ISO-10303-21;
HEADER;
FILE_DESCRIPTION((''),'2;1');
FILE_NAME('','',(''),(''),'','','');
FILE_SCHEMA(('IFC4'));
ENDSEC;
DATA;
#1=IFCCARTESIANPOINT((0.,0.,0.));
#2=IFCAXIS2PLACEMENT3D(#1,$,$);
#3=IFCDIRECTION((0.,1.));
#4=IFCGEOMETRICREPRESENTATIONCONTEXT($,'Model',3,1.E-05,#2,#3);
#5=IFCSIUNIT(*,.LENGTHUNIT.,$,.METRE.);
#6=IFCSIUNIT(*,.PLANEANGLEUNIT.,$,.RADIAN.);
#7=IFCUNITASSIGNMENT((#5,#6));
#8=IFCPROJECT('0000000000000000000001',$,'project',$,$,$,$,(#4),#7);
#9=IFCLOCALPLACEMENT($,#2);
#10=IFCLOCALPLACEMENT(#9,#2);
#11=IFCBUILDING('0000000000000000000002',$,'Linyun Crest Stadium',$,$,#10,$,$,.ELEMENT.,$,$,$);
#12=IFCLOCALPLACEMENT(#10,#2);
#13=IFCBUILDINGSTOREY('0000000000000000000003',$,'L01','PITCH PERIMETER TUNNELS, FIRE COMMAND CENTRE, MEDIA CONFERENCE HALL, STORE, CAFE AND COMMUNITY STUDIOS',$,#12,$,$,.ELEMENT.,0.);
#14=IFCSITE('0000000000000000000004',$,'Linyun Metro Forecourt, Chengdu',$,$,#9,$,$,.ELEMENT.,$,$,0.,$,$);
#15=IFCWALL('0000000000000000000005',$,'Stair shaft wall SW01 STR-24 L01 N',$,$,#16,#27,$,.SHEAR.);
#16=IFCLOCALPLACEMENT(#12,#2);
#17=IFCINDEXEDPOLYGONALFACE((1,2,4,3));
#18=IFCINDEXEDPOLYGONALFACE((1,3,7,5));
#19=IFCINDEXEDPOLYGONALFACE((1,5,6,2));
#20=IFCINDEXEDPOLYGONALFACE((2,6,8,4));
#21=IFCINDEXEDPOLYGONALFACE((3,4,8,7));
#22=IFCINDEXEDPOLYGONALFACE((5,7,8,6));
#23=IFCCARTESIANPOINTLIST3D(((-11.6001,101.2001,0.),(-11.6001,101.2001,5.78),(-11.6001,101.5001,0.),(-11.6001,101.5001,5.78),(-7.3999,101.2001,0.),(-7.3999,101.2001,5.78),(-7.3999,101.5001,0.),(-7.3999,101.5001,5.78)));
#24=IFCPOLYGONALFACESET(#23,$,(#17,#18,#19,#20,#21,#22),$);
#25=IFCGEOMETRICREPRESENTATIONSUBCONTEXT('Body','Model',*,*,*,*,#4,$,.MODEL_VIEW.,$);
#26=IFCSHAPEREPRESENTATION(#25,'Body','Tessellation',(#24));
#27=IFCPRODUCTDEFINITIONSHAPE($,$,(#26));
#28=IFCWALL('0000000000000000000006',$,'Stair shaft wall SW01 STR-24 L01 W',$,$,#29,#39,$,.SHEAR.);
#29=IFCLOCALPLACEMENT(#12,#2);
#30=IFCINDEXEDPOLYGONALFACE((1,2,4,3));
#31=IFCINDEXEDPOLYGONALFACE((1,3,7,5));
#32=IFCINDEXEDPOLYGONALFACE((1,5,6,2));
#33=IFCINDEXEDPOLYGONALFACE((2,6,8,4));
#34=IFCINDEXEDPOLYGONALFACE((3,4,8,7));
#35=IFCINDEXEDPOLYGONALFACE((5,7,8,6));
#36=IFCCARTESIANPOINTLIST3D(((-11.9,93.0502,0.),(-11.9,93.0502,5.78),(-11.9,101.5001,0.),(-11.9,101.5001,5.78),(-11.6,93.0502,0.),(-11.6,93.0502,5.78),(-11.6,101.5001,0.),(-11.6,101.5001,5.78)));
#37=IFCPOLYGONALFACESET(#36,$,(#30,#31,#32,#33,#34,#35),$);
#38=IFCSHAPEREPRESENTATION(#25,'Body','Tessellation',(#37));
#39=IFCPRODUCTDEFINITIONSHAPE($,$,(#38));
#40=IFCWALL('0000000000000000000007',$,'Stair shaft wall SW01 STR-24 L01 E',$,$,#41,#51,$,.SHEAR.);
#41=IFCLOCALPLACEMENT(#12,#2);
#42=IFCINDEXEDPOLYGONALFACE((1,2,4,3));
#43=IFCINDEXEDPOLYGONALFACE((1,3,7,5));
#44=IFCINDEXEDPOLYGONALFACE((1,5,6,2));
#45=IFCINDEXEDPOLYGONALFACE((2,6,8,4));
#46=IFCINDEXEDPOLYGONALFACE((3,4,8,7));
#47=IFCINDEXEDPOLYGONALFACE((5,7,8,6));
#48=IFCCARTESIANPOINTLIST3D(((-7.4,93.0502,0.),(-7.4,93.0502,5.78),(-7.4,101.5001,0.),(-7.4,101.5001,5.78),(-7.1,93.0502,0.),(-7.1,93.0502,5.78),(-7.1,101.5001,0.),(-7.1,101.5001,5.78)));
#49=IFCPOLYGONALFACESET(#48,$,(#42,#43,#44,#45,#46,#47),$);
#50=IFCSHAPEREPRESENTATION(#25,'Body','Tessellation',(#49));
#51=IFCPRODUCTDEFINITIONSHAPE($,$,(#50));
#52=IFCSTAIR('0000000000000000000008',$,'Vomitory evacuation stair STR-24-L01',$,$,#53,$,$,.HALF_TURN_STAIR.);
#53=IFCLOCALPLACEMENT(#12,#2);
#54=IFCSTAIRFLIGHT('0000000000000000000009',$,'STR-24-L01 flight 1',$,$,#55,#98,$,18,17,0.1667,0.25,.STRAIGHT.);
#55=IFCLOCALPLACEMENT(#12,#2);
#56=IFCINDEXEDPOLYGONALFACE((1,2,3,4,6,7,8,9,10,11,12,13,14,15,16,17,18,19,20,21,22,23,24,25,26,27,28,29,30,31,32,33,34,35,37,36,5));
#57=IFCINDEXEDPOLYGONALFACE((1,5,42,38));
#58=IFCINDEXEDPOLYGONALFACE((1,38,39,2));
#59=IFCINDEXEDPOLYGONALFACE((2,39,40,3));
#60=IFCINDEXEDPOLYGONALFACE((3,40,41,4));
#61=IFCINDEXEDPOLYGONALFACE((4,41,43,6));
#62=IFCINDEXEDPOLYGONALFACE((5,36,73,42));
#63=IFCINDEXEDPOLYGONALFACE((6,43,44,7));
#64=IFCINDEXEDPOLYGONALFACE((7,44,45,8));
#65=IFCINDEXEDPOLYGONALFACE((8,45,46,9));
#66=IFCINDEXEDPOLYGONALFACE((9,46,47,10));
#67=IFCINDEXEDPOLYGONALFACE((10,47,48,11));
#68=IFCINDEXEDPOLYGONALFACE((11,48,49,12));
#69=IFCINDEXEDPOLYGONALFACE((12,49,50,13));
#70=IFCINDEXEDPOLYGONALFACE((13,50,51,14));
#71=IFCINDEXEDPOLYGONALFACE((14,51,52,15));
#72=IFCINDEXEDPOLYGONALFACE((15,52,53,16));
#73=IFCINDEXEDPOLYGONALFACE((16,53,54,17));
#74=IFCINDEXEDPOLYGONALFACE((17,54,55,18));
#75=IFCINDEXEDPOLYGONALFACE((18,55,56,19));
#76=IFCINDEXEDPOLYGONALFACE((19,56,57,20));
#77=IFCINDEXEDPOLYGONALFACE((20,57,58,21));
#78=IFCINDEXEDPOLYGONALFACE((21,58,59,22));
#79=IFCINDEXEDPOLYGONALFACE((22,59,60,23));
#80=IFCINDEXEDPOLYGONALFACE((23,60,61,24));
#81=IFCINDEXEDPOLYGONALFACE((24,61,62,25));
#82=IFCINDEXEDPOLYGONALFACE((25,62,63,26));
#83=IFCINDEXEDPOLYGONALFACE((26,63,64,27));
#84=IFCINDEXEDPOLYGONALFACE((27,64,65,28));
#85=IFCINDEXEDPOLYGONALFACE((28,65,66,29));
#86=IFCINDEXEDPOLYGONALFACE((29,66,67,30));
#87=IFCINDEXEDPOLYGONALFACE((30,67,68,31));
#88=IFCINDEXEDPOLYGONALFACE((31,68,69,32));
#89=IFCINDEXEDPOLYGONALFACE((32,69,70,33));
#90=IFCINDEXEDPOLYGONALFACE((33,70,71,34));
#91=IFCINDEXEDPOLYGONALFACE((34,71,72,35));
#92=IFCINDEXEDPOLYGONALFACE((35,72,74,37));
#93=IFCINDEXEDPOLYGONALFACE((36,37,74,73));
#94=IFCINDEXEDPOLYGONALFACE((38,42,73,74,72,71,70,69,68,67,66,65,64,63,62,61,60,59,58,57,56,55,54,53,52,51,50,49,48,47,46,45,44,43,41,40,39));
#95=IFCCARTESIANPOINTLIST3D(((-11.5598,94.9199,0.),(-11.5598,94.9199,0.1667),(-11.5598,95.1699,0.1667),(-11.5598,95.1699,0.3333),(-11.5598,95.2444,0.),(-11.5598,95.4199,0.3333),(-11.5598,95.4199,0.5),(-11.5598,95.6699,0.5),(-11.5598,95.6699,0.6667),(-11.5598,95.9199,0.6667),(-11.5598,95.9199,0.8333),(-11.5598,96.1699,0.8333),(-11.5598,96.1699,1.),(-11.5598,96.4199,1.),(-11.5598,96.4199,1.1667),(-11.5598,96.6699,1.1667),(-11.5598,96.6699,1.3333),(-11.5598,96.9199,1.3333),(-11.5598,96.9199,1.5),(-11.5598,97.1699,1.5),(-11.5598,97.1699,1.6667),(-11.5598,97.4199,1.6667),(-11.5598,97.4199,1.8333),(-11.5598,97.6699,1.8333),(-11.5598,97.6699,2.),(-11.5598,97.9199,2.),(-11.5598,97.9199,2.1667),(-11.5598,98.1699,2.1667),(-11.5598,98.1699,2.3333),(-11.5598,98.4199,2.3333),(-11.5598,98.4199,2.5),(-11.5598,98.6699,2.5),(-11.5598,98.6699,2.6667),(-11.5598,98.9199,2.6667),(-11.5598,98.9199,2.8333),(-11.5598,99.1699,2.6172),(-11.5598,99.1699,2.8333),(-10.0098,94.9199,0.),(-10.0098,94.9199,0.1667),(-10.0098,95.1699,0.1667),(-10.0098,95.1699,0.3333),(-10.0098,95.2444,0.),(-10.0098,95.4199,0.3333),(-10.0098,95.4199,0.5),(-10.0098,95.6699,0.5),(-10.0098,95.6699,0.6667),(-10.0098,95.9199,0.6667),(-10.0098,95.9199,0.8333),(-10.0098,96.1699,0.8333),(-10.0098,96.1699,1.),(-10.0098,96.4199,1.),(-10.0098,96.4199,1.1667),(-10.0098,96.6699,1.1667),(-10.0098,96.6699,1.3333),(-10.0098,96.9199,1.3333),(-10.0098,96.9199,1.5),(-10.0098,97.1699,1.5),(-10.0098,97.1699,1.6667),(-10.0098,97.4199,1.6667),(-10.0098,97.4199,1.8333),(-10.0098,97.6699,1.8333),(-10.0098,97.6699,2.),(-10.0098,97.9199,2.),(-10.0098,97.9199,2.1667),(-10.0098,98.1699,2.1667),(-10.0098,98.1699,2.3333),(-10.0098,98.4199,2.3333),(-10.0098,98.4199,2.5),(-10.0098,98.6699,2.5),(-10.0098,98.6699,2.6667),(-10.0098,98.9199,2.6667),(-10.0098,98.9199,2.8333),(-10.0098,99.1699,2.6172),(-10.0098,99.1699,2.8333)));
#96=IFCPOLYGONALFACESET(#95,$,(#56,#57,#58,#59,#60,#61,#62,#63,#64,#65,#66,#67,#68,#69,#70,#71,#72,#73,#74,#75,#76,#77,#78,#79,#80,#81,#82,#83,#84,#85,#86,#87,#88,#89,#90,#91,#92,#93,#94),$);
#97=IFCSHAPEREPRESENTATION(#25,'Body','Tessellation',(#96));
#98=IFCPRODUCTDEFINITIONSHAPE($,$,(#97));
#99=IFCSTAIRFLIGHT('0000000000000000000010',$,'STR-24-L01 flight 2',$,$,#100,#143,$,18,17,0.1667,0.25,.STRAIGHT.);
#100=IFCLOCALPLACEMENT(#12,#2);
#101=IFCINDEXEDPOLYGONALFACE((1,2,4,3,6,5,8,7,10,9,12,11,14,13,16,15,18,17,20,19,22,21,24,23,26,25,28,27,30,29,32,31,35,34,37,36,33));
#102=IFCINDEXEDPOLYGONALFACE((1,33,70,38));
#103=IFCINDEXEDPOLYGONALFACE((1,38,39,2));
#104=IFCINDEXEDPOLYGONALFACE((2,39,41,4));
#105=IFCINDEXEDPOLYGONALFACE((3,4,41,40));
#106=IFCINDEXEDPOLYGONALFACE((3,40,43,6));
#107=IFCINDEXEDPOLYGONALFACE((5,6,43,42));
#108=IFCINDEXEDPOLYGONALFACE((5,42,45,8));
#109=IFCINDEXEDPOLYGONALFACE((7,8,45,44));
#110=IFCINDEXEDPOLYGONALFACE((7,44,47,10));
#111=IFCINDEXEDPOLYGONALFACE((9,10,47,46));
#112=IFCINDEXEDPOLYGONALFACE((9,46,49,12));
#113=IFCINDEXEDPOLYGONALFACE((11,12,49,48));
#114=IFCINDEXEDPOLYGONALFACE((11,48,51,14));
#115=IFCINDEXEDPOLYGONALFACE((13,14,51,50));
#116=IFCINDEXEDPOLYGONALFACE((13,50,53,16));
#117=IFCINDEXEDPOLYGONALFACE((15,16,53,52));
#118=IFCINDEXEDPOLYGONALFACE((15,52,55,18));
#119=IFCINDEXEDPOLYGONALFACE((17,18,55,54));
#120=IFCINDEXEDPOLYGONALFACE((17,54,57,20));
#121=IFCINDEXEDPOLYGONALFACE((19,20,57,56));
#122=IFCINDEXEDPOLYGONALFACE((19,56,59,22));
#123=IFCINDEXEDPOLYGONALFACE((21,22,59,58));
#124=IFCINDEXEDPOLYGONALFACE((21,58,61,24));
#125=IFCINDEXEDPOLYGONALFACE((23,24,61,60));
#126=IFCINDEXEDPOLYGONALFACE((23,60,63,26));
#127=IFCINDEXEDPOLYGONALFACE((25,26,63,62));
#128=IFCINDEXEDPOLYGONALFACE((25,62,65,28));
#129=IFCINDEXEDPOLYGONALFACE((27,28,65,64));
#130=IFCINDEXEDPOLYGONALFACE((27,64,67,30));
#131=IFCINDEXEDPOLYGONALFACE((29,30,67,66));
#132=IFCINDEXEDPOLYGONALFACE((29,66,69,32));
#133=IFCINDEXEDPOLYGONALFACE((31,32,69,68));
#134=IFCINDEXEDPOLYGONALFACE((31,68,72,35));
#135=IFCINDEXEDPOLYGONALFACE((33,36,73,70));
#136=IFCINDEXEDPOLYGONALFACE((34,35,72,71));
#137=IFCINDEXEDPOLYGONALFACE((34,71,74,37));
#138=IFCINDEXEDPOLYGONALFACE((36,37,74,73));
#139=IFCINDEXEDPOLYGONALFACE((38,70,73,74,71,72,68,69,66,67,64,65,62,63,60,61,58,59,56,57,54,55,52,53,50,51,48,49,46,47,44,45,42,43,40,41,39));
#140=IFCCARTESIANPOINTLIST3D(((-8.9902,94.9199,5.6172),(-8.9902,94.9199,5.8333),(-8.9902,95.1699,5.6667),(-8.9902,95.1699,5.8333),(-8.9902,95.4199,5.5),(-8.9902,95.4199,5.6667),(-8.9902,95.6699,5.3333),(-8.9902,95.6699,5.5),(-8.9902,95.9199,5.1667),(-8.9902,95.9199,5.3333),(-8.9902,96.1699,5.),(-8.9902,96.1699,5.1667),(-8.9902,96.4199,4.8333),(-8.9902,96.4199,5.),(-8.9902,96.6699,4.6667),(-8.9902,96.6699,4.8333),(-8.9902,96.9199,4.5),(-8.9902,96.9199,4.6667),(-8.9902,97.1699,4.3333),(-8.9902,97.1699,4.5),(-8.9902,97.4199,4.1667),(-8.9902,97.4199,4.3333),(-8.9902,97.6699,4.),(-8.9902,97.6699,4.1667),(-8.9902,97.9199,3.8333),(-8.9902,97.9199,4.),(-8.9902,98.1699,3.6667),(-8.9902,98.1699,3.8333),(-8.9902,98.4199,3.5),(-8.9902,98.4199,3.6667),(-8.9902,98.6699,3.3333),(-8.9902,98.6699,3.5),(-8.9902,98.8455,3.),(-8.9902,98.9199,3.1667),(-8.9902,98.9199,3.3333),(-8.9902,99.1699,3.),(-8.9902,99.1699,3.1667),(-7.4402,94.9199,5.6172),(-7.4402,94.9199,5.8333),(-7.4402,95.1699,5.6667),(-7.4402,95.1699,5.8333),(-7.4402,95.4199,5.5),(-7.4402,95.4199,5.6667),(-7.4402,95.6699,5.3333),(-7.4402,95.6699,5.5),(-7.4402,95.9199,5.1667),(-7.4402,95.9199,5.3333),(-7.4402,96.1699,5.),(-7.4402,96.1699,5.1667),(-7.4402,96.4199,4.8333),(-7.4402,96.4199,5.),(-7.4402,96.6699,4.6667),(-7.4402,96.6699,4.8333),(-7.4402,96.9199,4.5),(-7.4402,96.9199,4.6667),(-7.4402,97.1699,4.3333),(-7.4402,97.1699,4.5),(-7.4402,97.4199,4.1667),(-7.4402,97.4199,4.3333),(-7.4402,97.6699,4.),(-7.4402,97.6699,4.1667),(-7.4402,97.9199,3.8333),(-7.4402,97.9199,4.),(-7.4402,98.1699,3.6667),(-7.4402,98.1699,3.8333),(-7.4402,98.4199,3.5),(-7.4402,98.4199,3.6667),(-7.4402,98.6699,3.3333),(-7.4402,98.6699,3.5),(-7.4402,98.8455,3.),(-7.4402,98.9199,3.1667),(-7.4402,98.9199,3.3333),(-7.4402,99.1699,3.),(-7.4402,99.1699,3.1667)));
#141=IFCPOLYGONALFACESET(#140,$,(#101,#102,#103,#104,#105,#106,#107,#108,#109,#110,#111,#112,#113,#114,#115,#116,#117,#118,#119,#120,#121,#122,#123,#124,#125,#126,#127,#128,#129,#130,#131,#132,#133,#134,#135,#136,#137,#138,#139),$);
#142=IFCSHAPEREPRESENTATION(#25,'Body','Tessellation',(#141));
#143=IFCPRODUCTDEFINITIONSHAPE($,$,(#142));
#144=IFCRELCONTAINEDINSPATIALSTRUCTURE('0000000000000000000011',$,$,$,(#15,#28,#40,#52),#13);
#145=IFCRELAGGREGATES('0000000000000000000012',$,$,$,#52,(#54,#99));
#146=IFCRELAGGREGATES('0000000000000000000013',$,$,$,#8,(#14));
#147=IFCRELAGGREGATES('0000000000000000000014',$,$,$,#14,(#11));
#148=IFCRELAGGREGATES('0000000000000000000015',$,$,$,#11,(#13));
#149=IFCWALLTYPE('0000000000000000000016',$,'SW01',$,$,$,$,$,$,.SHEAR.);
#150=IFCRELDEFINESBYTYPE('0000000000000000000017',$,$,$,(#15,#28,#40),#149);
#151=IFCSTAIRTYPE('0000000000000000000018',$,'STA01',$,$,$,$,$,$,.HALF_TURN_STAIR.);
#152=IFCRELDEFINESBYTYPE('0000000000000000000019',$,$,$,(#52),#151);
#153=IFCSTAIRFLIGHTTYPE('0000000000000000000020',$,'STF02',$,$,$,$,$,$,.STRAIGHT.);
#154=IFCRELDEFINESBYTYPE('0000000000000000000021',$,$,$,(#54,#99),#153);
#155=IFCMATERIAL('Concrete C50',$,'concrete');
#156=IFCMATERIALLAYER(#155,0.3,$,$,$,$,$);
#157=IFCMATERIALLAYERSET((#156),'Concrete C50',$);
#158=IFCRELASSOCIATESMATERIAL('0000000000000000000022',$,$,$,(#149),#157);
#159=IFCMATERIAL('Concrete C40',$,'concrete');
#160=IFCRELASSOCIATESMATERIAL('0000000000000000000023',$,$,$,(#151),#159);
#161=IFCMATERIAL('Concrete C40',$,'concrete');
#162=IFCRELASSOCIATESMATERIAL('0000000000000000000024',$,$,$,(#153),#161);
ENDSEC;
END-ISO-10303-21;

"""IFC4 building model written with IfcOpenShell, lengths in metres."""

from ifc_helpers import new_model, si_unit, direction, frame, frame_2d, origin, place, context, subcontext, project, spatial, polyline, rectangle, outline, extrude, material, layer, layer_set, type_object, element, aggregate, save


model = new_model("IFC4")

# Units and contexts
model_context = context("Model", 3, precision=1e-05, world=origin(), true_north=direction((0.0, 1.0)))
body_context = subcontext(model_context, "Body", "Model", "MODEL_VIEW")
ifc_project = project(units=[si_unit("LENGTHUNIT", "METRE"), si_unit("PLANEANGLEUNIT", "RADIAN")], contexts=[model_context])

# Site, building, storey
site_placement = place(None, origin())
site = spatial("IfcSite", under=ifc_project, at=site_placement, Name="Linyun Metro Forecourt, Chengdu", CompositionType="ELEMENT", RefElevation=0.0)
building_placement = place(site_placement, origin())
building = spatial("IfcBuilding", under=site, at=building_placement, Name="Linyun Crest Stadium", CompositionType="ELEMENT")
storey_placement = place(building_placement, origin())
storey = spatial("IfcBuildingStorey", under=building, at=storey_placement, Name="L01", Description="PITCH PERIMETER TUNNELS, FIRE COMMAND CENTRE, MEDIA CONFERENCE HALL, STORE, CAFE AND COMMUNITY STUDIOS", CompositionType="ELEMENT", Elevation=0.0)

# Shared definitions
ifc_material_1 = material(Name="Concrete C50", Category="concrete")
ifc_layer_1 = layer(ifc_material_1, 0.3)
ifc_layer_set_1 = layer_set([ifc_layer_1], Name="Concrete C50")
wall_type_1 = type_object("IfcWallType", Name="SW01", PredefinedType="SHEAR", material=ifc_layer_set_1)

# Walls
wall_1_placement = place(storey_placement, frame((-11.6001, 101.3501, 0.0), z_axis=(0.0, 0.0, 1.0), x_axis=(1.0, 0.0, 0.0)))
element("IfcWall", 1, at=wall_1_placement, inside=storey, type_object=wall_type_1, Name="Stair shaft wall SW01 STR-24 L01 N", PredefinedType="SHEAR", context=body_context, shape_type="SweptSolid", body=[
    extrude(rectangle(XDim=4.2002, YDim=0.3, at=frame_2d((2.1001, 0.0))), origin(), (0.0, 0.0, 1.0), 5.78),
])
for number, where, z_axis, x_axis, name in (
    (2, (-11.75, 93.05, 0.0), (0.0, 0.0, 1.0), (0.0, 1.0, 0.0), "Stair shaft wall SW01 STR-24 L01 W"),
    (3, (-7.25, 93.05, 0.0), (0.0, 0.0, 1.0), (0.0, 1.0, 0.0), "Stair shaft wall SW01 STR-24 L01 E"),
):
    element("IfcWall", number, at=place(storey_placement, frame(where, z_axis=z_axis, x_axis=x_axis)), inside=storey, type_object=wall_type_1, Name=name, PredefinedType="SHEAR", context=body_context, shape_type="SweptSolid", body=[
        extrude(rectangle(XDim=8.45, YDim=0.3, at=frame_2d((4.2251, 0.0))), origin(), (0.0, 0.0, 1.0), 5.78),
    ])

# Stair, stair flights
ifc_material_2 = material(Name="Concrete C40", Category="concrete")
stair_type = type_object("IfcStairType", Name="STA01", PredefinedType="HALF_TURN_STAIR", material=ifc_material_2)
stair_placement = place(storey_placement, origin())
stair = element("IfcStair", 4, at=stair_placement, inside=storey, type_object=stair_type, Name="Vomitory evacuation stair STR-24-L01", PredefinedType="HALF_TURN_STAIR")
ifc_material_3 = material(Name="Concrete C40", Category="concrete")
stair_flight_type = type_object("IfcStairFlightType", Name="STF02", PredefinedType="STRAIGHT", material=ifc_material_3)
stair_flight_1_placement = place(storey_placement, frame((-10.7849, 94.9199, 0.0), z_axis=(0.0, 0.0, 1.0), x_axis=(0.0, 1.0, 0.0)))
stair_flight_1 = element("IfcStairFlight", 5, at=stair_flight_1_placement, type_object=stair_flight_type, Name="STR-24-L01 flight 1", NumberOfRisers=18, NumberOfTreads=17, PredefinedType="STRAIGHT", RiserHeight=0.1667, TreadLength=0.25, context=body_context, shape_type="SweptSolid", body=[
    extrude(outline(polyline([(0.0, 0.0), (0.0, 0.1667), (0.25, 0.1667), (0.25, 0.3333), (0.5, 0.3333), (0.5, 0.5), (0.75, 0.5), (0.75, 0.6667), (1.0, 0.6667), (1.0, 0.8333), (1.25, 0.8333), (1.25, 1.0), (1.5, 1.0), (1.5, 1.1667), (1.75, 1.1667), (1.75, 1.3333), (2.0, 1.3333), (2.0, 1.5), (2.25, 1.5), (2.25, 1.6667), (2.5, 1.6667), (2.5, 1.8333), (2.75, 1.8333), (2.75, 2.0), (3.0, 2.0), (3.0, 2.1667), (3.25, 2.1667), (3.25, 2.3333), (3.5, 2.3333), (3.5, 2.5), (3.75, 2.5), (3.75, 2.6667), (4.0, 2.6667), (4.0, 2.8333), (4.25, 2.8333), (4.25, 3.0), (4.25, 2.6172), (0.3245, 0.0), (0.0, 0.0)])), frame((0.0, 0.7749, 0.0), z_axis=(0.0, -1.0, 0.0), x_axis=(1.0, 0.0, 0.0)), (0.0, 0.0, 1.0), 1.55),
])
stair_flight_2_placement = place(storey_placement, frame((-8.2151, 99.1699, 3.0), z_axis=(0.0, 0.0, 1.0), x_axis=(0.0, -1.0, 0.0)))
stair_flight_2 = element("IfcStairFlight", 6, at=stair_flight_2_placement, type_object=stair_flight_type, Name="STR-24-L01 flight 2", NumberOfRisers=18, NumberOfTreads=17, PredefinedType="STRAIGHT", RiserHeight=0.1667, TreadLength=0.25, context=body_context, shape_type="SweptSolid", body=[
    extrude(outline(polyline([(0.0, 0.0), (0.0, 0.1667), (0.25, 0.1667), (0.25, 0.3333), (0.5, 0.3333), (0.5, 0.5), (0.75, 0.5), (0.75, 0.6667), (1.0, 0.6667), (1.0, 0.8333), (1.25, 0.8333), (1.25, 1.0), (1.5, 1.0), (1.5, 1.1667), (1.75, 1.1667), (1.75, 1.3333), (2.0, 1.3333), (2.0, 1.5), (2.25, 1.5), (2.25, 1.6667), (2.5, 1.6667), (2.5, 1.8333), (2.75, 1.8333), (2.75, 2.0), (3.0, 2.0), (3.0, 2.1667), (3.25, 2.1667), (3.25, 2.3333), (3.5, 2.3333), (3.5, 2.5), (3.75, 2.5), (3.75, 2.6667), (4.0, 2.6667), (4.0, 2.8333), (4.25, 2.8333), (4.25, 3.0), (4.25, 2.6172), (0.3245, 0.0), (0.0, 0.0)])), frame((0.0, 0.7749, 0.0), z_axis=(0.0, -1.0, 0.0), x_axis=(1.0, 0.0, 0.0)), (0.0, 0.0, 1.0), 1.55),
])
aggregate(stair, [stair_flight_1, stair_flight_2])

save(model, "model.ifc")
